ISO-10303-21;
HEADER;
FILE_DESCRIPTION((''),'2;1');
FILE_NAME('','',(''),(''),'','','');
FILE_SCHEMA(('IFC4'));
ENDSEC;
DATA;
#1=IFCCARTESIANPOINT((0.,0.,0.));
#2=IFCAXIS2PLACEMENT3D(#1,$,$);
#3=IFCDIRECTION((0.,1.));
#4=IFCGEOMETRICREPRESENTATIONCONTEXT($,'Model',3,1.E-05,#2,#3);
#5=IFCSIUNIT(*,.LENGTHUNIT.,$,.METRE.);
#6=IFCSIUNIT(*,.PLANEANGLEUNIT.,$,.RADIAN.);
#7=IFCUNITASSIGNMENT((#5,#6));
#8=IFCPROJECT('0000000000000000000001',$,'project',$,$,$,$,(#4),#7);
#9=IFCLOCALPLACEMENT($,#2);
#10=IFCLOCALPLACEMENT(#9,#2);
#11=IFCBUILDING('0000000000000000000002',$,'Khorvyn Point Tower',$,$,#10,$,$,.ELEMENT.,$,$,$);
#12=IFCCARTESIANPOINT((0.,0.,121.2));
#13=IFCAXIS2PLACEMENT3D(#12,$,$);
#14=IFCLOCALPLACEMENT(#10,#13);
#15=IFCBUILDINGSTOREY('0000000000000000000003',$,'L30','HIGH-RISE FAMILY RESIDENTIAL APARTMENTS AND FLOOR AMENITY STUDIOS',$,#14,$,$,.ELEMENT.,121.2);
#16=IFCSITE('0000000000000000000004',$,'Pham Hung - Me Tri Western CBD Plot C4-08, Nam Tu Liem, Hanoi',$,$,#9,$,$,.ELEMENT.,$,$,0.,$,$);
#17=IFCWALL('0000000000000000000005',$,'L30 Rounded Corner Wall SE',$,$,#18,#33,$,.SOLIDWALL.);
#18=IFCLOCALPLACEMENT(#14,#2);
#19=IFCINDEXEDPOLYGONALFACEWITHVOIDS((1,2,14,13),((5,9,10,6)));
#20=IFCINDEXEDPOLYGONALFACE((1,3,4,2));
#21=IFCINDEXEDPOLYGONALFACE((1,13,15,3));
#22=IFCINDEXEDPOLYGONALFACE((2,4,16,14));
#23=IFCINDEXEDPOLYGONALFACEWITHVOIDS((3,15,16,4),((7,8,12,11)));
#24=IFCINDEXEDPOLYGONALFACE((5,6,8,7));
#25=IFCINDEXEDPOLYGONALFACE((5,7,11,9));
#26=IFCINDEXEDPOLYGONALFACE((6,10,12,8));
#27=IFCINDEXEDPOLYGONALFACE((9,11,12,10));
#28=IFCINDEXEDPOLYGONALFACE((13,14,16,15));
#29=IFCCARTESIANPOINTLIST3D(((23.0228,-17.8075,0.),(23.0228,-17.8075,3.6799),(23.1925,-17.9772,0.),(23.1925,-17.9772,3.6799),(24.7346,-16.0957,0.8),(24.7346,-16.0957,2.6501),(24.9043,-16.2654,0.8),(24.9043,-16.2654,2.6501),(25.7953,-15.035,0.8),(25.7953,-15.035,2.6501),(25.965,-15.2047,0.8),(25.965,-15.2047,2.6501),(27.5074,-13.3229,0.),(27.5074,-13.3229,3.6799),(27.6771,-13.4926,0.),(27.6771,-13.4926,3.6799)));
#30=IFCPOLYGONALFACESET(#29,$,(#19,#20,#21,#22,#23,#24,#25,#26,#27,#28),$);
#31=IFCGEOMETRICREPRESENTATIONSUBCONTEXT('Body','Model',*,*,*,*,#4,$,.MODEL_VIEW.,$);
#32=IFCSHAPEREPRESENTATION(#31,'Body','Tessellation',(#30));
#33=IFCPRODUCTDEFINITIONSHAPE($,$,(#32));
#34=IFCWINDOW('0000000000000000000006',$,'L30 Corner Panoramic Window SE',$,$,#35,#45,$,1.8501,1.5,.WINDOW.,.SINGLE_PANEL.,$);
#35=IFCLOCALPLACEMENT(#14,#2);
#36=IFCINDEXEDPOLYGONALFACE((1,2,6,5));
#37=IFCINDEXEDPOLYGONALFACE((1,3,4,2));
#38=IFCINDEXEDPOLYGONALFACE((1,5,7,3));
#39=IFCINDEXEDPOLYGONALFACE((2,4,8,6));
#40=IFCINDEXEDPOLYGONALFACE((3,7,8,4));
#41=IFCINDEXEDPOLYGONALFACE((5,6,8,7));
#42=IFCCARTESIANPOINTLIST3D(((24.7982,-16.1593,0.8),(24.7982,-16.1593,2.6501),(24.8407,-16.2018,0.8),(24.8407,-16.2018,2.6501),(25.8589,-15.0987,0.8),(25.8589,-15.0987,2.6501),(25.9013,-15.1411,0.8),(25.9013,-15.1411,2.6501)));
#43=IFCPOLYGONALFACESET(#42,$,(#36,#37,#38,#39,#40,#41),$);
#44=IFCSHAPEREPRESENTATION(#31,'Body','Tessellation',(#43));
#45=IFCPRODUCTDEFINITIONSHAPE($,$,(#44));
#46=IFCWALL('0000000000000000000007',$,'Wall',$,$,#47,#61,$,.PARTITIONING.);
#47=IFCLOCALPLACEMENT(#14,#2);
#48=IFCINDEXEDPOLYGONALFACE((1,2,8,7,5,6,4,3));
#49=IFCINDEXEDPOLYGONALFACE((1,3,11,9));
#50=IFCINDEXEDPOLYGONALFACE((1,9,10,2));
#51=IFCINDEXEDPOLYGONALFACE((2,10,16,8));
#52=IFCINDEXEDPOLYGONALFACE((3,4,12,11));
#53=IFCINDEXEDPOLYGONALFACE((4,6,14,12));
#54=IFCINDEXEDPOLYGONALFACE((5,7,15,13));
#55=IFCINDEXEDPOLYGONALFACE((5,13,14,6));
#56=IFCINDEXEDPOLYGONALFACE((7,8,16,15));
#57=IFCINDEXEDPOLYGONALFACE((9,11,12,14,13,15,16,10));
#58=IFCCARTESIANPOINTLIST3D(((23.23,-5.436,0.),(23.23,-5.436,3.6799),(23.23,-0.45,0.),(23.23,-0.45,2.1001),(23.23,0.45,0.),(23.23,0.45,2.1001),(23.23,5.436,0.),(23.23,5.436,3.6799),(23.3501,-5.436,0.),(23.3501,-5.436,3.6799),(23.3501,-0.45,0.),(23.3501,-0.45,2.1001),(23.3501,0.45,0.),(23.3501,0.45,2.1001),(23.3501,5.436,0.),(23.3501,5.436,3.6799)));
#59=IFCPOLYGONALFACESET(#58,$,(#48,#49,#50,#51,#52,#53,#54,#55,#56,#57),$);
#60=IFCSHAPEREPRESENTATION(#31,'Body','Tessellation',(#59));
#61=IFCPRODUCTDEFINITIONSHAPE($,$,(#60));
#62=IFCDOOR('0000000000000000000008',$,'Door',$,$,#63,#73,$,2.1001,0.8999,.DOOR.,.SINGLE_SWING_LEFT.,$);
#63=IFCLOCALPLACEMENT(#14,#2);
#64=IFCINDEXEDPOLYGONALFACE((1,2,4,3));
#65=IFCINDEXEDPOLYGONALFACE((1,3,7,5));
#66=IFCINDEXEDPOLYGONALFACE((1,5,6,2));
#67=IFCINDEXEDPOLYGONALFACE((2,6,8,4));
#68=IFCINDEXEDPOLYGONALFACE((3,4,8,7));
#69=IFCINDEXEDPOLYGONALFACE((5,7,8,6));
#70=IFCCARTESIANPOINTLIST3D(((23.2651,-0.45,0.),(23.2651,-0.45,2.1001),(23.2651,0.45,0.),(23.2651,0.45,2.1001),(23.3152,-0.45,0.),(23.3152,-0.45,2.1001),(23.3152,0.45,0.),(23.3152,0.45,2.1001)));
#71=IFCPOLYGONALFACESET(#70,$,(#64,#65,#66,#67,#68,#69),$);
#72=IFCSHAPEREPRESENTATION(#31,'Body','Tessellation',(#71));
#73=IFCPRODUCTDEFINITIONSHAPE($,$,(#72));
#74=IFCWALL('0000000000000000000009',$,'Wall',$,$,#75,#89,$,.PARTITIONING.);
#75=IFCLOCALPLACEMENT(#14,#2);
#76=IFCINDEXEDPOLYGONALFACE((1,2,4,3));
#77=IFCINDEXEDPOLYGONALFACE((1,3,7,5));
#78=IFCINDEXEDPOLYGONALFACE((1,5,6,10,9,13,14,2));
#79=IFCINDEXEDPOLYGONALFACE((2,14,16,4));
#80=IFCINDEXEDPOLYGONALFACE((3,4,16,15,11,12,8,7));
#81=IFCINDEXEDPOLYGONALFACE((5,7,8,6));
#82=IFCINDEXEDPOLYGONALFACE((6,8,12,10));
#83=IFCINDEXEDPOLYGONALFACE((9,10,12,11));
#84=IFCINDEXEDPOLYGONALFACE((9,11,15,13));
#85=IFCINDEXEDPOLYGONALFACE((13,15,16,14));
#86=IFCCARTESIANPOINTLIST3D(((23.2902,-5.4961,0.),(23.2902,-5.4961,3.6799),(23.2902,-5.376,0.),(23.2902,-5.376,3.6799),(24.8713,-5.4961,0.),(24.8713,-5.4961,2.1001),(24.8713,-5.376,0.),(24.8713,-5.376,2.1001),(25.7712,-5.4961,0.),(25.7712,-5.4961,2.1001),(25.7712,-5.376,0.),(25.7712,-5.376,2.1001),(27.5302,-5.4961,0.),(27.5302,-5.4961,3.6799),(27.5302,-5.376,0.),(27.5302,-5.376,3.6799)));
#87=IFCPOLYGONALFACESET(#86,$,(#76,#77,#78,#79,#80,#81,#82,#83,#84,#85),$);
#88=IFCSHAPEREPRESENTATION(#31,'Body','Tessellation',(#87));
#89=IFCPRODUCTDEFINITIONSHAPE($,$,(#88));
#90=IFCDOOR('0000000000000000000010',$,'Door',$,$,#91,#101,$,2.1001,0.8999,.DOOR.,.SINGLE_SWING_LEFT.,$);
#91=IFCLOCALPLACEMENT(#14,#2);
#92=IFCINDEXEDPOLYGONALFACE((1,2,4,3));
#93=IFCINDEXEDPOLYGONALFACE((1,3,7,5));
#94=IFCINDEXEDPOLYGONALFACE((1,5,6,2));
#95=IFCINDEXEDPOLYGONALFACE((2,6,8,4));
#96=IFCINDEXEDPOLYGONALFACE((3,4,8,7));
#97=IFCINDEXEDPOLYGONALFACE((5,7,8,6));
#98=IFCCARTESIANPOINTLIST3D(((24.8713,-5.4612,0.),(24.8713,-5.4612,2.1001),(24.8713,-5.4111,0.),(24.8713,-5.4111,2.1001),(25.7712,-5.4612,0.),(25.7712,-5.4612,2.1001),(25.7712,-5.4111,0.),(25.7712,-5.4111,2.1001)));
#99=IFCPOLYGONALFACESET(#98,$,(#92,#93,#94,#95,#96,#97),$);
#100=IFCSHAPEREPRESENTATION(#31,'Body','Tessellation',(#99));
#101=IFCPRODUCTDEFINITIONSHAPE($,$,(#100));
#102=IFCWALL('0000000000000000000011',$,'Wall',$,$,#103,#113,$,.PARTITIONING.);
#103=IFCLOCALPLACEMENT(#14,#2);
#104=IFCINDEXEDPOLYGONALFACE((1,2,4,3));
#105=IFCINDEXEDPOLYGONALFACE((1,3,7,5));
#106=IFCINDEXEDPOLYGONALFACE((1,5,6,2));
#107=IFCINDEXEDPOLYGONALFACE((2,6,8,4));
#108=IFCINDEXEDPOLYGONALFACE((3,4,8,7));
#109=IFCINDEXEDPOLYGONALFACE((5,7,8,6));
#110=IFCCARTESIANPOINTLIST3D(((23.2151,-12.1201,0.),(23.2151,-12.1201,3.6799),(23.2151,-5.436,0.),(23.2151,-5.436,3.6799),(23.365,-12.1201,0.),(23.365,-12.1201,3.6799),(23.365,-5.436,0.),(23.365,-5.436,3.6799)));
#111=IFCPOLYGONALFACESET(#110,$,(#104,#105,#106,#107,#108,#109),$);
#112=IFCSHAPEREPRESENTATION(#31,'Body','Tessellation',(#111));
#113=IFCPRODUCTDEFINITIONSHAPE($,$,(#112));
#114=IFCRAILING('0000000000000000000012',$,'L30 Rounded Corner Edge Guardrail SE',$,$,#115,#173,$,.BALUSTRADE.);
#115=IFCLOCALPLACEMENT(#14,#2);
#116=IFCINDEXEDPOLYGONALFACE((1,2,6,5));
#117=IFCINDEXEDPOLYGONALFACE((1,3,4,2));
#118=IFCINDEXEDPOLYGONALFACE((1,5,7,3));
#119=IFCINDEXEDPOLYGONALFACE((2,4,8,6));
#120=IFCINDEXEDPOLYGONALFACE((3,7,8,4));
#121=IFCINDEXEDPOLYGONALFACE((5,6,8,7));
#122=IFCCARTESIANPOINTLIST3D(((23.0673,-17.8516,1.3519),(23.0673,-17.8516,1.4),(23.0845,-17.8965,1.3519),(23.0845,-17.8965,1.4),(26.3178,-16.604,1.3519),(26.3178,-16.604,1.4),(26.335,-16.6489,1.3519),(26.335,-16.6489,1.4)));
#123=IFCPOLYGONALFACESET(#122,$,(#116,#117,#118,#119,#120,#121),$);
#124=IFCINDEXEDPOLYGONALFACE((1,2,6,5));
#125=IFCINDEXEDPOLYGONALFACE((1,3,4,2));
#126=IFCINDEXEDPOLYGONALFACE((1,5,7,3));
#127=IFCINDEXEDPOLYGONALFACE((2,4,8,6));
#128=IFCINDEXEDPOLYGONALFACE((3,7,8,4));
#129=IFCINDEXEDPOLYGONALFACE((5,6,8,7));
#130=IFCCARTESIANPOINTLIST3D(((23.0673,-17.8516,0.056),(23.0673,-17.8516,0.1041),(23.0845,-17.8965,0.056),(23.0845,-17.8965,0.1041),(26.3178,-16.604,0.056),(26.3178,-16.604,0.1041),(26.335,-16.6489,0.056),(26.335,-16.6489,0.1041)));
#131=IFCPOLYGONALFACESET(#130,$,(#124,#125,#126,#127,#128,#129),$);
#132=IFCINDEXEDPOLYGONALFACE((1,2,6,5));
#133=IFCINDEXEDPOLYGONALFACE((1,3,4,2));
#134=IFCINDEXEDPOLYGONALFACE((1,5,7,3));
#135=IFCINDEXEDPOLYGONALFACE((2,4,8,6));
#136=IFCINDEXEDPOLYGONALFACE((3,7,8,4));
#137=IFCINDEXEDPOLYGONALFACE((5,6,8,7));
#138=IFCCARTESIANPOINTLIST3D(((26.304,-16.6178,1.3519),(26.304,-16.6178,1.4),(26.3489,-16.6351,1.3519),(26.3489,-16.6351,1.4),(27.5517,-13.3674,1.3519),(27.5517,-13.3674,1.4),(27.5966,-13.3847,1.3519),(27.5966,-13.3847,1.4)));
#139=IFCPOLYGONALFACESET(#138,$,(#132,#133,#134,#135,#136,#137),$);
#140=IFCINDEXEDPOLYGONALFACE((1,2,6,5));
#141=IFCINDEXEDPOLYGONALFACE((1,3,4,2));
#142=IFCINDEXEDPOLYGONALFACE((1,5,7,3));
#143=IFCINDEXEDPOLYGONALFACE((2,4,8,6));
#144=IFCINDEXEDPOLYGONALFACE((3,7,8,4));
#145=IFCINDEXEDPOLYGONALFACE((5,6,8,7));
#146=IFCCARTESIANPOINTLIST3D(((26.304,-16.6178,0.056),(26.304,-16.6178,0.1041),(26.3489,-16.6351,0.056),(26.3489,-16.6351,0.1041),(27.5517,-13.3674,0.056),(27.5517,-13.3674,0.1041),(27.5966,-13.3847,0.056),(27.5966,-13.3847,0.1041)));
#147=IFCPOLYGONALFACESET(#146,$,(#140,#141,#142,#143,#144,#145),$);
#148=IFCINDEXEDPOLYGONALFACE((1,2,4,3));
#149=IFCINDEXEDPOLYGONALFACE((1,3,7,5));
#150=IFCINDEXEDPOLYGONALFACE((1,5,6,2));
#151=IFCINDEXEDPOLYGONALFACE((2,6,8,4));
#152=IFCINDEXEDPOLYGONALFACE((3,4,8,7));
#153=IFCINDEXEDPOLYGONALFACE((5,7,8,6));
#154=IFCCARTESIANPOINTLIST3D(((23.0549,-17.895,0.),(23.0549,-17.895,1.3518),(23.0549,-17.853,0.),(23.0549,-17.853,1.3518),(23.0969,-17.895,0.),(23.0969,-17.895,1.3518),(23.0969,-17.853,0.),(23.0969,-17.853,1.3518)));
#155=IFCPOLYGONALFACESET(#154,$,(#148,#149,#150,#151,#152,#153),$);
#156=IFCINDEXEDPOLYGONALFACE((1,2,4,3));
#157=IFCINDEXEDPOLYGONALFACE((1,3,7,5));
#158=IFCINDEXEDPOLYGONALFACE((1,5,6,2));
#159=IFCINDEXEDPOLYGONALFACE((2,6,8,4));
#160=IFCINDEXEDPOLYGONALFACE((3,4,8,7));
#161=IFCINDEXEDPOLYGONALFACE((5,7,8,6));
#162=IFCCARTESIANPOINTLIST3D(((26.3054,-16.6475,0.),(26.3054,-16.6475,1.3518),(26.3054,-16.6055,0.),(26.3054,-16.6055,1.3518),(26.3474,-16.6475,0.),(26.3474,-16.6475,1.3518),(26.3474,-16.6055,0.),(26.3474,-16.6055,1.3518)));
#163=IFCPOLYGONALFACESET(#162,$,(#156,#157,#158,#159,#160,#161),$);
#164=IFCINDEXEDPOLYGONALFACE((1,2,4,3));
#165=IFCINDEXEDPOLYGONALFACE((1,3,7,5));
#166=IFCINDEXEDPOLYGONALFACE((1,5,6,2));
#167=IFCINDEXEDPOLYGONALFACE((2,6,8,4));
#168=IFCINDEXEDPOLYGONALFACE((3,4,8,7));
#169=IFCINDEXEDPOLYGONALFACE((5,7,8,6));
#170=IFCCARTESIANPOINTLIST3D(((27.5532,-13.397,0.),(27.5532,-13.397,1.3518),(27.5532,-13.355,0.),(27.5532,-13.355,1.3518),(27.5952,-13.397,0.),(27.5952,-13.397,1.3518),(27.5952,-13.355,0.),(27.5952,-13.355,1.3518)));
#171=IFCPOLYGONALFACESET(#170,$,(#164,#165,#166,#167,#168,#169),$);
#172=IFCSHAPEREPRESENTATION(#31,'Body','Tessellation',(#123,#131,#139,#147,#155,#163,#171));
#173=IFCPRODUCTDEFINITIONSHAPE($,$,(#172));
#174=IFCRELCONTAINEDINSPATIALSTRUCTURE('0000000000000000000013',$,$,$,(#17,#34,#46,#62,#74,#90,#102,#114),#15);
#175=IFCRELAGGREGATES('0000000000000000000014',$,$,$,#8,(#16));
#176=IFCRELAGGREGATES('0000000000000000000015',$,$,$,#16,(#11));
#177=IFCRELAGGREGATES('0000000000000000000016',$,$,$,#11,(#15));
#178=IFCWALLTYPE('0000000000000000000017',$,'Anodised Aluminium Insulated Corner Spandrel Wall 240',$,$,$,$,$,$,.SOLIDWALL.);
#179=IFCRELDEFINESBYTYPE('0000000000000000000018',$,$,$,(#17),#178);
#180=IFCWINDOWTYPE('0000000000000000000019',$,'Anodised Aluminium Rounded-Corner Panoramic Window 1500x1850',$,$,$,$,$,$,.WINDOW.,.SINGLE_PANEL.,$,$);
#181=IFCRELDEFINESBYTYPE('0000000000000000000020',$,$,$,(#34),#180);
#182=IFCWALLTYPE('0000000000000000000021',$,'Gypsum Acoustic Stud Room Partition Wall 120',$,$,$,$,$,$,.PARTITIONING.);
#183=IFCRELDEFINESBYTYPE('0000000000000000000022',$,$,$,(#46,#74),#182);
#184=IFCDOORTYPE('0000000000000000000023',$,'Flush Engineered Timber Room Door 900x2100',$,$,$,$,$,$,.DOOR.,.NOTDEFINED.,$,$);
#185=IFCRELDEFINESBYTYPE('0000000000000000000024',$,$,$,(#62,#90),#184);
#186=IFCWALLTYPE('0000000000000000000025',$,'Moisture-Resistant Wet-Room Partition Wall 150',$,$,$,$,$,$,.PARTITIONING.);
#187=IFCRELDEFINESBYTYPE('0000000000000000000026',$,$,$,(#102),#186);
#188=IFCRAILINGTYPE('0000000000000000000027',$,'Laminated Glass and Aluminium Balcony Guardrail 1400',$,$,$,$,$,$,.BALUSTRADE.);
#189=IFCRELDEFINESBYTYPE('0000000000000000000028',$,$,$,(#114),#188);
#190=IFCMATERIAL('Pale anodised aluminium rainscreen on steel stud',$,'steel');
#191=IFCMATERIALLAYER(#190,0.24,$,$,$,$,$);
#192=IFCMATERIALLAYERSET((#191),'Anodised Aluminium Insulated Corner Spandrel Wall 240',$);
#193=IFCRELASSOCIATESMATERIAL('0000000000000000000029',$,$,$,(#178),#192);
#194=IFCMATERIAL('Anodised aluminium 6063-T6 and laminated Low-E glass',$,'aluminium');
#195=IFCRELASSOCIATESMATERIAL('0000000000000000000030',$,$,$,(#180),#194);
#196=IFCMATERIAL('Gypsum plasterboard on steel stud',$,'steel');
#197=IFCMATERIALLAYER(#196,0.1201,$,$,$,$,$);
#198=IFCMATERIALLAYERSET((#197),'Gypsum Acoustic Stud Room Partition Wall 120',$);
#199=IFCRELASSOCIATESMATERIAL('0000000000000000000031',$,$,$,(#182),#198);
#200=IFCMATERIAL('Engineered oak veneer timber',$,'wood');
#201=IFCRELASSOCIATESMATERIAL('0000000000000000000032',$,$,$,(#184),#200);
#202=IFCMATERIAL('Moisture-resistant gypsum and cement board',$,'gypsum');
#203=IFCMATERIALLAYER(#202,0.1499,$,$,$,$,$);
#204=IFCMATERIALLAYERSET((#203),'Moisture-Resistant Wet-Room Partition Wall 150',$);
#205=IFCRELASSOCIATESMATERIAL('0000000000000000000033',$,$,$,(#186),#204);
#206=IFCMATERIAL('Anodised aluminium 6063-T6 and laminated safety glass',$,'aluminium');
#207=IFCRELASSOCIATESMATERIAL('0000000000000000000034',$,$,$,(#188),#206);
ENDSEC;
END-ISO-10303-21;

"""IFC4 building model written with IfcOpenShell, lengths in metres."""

from ifc_helpers import new_model, si_unit, direction, frame, frame_2d, origin, origin_2d, place, context, subcontext, project, spatial, rectangle, extrude, material, layer, layer_set, type_object, element, fill, save


model = new_model("IFC4")

# Units and contexts
model_context = context("Model", 3, precision=1e-05, world=origin(), true_north=direction((0.0, 1.0)))
body_context = subcontext(model_context, "Body", "Model", "MODEL_VIEW")
ifc_project = project(units=[si_unit("LENGTHUNIT", "METRE"), si_unit("PLANEANGLEUNIT", "RADIAN")], contexts=[model_context])

# Site, building, storey
site_placement = place(None, origin())
site = spatial("IfcSite", under=ifc_project, at=site_placement, Name="Pham Hung - Me Tri Western CBD Plot C4-08, Nam Tu Liem, Hanoi", CompositionType="ELEMENT", RefElevation=0.0)
building_placement = place(site_placement, origin())
building = spatial("IfcBuilding", under=site, at=building_placement, Name="Khorvyn Point Tower", CompositionType="ELEMENT")
storey_placement = place(building_placement, frame((0.0, 0.0, 121.2)))
storey = spatial("IfcBuildingStorey", under=building, at=storey_placement, Name="L30", Description="HIGH-RISE FAMILY RESIDENTIAL APARTMENTS AND FLOOR AMENITY STUDIOS", CompositionType="ELEMENT", Elevation=121.2)

# Shared definitions
ifc_material_1 = material(Name="Anodised aluminium 6063-T6 and laminated Low-E glass", Category="aluminium")

# Wall, opening, window
ifc_material_2 = material(Name="Pale anodised aluminium rainscreen on steel stud", Category="steel")
ifc_layer_1 = layer(ifc_material_2, 0.24)
ifc_layer_set_1 = layer_set([ifc_layer_1], Name="Anodised Aluminium Insulated Corner Spandrel Wall 240")
wall_type_1 = type_object("IfcWallType", Name="Anodised Aluminium Insulated Corner Spandrel Wall 240", PredefinedType="SOLIDWALL", material=ifc_layer_set_1)
wall_1_placement = place(storey_placement, frame((27.5923, -13.4077, 0.0), z_axis=(0.0, 0.0, 1.0), x_axis=(-0.707107, -0.707107, 0.0)))
wall_1 = element("IfcWall", 1, at=wall_1_placement, inside=storey, type_object=wall_type_1, Name="L30 Rounded Corner Wall SE", PredefinedType="SOLIDWALL", context=body_context, shape_type="SweptSolid", body=[
    extrude(rectangle(XDim=6.3423, YDim=0.24, at=frame_2d((3.1711, 0.0))), origin(), (0.0, 0.0, 1.0), 3.6799),
])
opening_1_placement = place(wall_1_placement, frame((2.4214, 0.0, 0.8)))
opening_1 = element("IfcOpeningElement", 2, at=opening_1_placement, cuts=wall_1, PredefinedType="OPENING", context=body_context, shape_type="SweptSolid", body=[
    extrude(rectangle(XDim=1.5, YDim=1.8501, at=frame_2d((0.75, 0.925))), frame((0.0, 0.1299, 0.0), z_axis=(0.0, -1.0, 0.0), x_axis=(1.0, 0.0, 0.0)), (0.0, 0.0, 1.0), 0.26),
])
window_type = type_object("IfcWindowType", Name="Anodised Aluminium Rounded-Corner Panoramic Window 1500x1850", PartitioningType="SINGLE_PANEL", PredefinedType="WINDOW", material=ifc_material_1)
window_placement = place(opening_1_placement, origin())
window = element("IfcWindow", 3, at=window_placement, inside=storey, type_object=window_type, Name="L30 Corner Panoramic Window SE", OverallHeight=1.8501, OverallWidth=1.5, PartitioningType="SINGLE_PANEL", PredefinedType="WINDOW", context=body_context, shape_type="SweptSolid", body=[
    extrude(rectangle(XDim=1.5, YDim=1.8501, at=frame_2d((0.75, 0.925))), frame((0.0, 0.03, 0.0), z_axis=(0.0, -1.0, 0.0), x_axis=(1.0, 0.0, 0.0)), (0.0, 0.0, 1.0), 0.0601),
])
fill(opening_1, window)

# Walls, openings, doors
ifc_material_3 = material(Name="Gypsum plasterboard on steel stud", Category="steel")
ifc_layer_2 = layer(ifc_material_3, 0.1201)
ifc_layer_set_2 = layer_set([ifc_layer_2], Name="Gypsum Acoustic Stud Room Partition Wall 120")
wall_type_2 = type_object("IfcWallType", Name="Gypsum Acoustic Stud Room Partition Wall 120", PredefinedType="PARTITIONING", material=ifc_layer_set_2)
wall_2_placement = place(storey_placement, frame((23.29, -5.436, 0.0), z_axis=(0.0, 0.0, 1.0), x_axis=(0.0, 1.0, 0.0)))
wall_2 = element("IfcWall", 4, at=wall_2_placement, inside=storey, type_object=wall_type_2, Name="Wall", PredefinedType="PARTITIONING", context=body_context, shape_type="SweptSolid", body=[
    extrude(rectangle(XDim=10.8721, YDim=0.1201, at=frame_2d((5.436, 0.0))), origin(), (0.0, 0.0, 1.0), 3.6799),
])
opening_2_placement = place(wall_2_placement, frame((4.9861, 0.0, 0.0)))
opening_2 = element("IfcOpeningElement", 5, at=opening_2_placement, cuts=wall_2, PredefinedType="OPENING", context=body_context, shape_type="SweptSolid", body=[
    extrude(rectangle(XDim=0.8999, YDim=2.1001, at=frame_2d((0.45, 1.05))), frame((0.0, 0.0701, 0.0), z_axis=(0.0, -1.0, 0.0), x_axis=(1.0, 0.0, 0.0)), (0.0, 0.0, 1.0), 0.1401),
])
ifc_material_4 = material(Name="Engineered oak veneer timber", Category="wood")
door_type = type_object("IfcDoorType", Name="Flush Engineered Timber Room Door 900x2100", OperationType="NOTDEFINED", PredefinedType="DOOR", material=ifc_material_4)
door_1_placement = place(opening_2_placement, origin())
door_1 = element("IfcDoor", 6, at=door_1_placement, inside=storey, type_object=door_type, Name="Door", OperationType="SINGLE_SWING_LEFT", OverallHeight=2.1001, OverallWidth=0.8999, PredefinedType="DOOR", context=body_context, shape_type="SweptSolid", body=[
    extrude(rectangle(XDim=0.8999, YDim=2.1001, at=frame_2d((0.45, 1.05))), frame((0.0, 0.0249, 0.0), z_axis=(0.0, -1.0, 0.0), x_axis=(1.0, 0.0, 0.0)), (0.0, 0.0, 1.0), 0.05),
])
fill(opening_2, door_1)
wall_3_placement = place(storey_placement, frame((23.29, -5.436, 0.0), z_axis=(0.0, 0.0, 1.0), x_axis=(1.0, 0.0, 0.0)))
wall_3 = element("IfcWall", 7, at=wall_3_placement, inside=storey, type_object=wall_type_2, Name="Wall", PredefinedType="PARTITIONING", context=body_context, shape_type="SweptSolid", body=[
    extrude(rectangle(XDim=4.24, YDim=0.1201, at=frame_2d((2.1201, 0.0))), origin(), (0.0, 0.0, 1.0), 3.6799),
])
opening_3_placement = place(wall_3_placement, frame((1.5813, 0.0, 0.0)))
opening_3 = element("IfcOpeningElement", 8, at=opening_3_placement, cuts=wall_3, PredefinedType="OPENING", context=body_context, shape_type="SweptSolid", body=[
    extrude(rectangle(XDim=0.8999, YDim=2.1001, at=frame_2d((0.45, 1.05))), frame((0.0, 0.0701, 0.0), z_axis=(0.0, -1.0, 0.0), x_axis=(1.0, 0.0, 0.0)), (0.0, 0.0, 1.0), 0.1401),
])
door_2_placement = place(opening_3_placement, origin())
door_2 = element("IfcDoor", 9, at=door_2_placement, inside=storey, type_object=door_type, Name="Door", OperationType="SINGLE_SWING_LEFT", OverallHeight=2.1001, OverallWidth=0.8999, PredefinedType="DOOR", context=body_context, shape_type="SweptSolid", body=[
    extrude(rectangle(XDim=0.8999, YDim=2.1001, at=frame_2d((0.45, 1.05))), frame((0.0, 0.0249, 0.0), z_axis=(0.0, -1.0, 0.0), x_axis=(1.0, 0.0, 0.0)), (0.0, 0.0, 1.0), 0.05),
])
fill(opening_3, door_2)

# Wall
ifc_material_5 = material(Name="Moisture-resistant gypsum and cement board", Category="gypsum")
ifc_layer_3 = layer(ifc_material_5, 0.1499)
ifc_layer_set_3 = layer_set([ifc_layer_3], Name="Moisture-Resistant Wet-Room Partition Wall 150")
wall_type_3 = type_object("IfcWallType", Name="Moisture-Resistant Wet-Room Partition Wall 150", PredefinedType="PARTITIONING", material=ifc_layer_set_3)
wall_4_placement = place(storey_placement, frame((23.29, -12.1201, 0.0), z_axis=(0.0, 0.0, 1.0), x_axis=(0.0, 1.0, 0.0)))
element("IfcWall", 10, at=wall_4_placement, inside=storey, type_object=wall_type_3, Name="Wall", PredefinedType="PARTITIONING", context=body_context, shape_type="SweptSolid", body=[
    extrude(rectangle(XDim=6.6841, YDim=0.1499, at=frame_2d((3.342, 0.0))), origin(), (0.0, 0.0, 1.0), 3.6799),
])

# Railing
ifc_material_6 = material(Name="Anodised aluminium 6063-T6 and laminated safety glass", Category="aluminium")
railing_type = type_object("IfcRailingType", Name="Laminated Glass and Aluminium Balcony Guardrail 1400", PredefinedType="BALUSTRADE", material=ifc_material_6)
railing_placement = place(storey_placement, frame((23.0759, -17.874, 0.0)))
element("IfcRailing", 11, at=railing_placement, inside=storey, type_object=railing_type, Name="L30 Rounded Corner Edge Guardrail SE", PredefinedType="BALUSTRADE", context=body_context, shape_type="SweptSolid", body=[
    extrude(rectangle(XDim=0.0481, YDim=0.0481, at=origin_2d()), frame((0.0, 0.0, 1.376), z_axis=(0.933598, 0.358321, 0.0), x_axis=(-0.358321, 0.933598, 0.0)), (0.0, 0.0, 1.0), 3.4817),
    extrude(rectangle(XDim=0.0481, YDim=0.0481, at=origin_2d()), frame((0.0, 0.0, 0.0801), z_axis=(0.933598, 0.358321, 0.0), x_axis=(-0.358321, 0.933598, 0.0)), (0.0, 0.0, 1.0), 3.4817),
    extrude(rectangle(XDim=0.0481, YDim=0.0481, at=origin_2d()), frame((3.2505, 1.2476, 1.376), z_axis=(0.358382, 0.933575, 0.0), x_axis=(-0.933575, 0.358382, 0.0)), (0.0, 0.0, 1.0), 3.4817),
    extrude(rectangle(XDim=0.0481, YDim=0.0481, at=origin_2d()), frame((3.2505, 1.2476, 0.0801), z_axis=(0.358382, 0.933575, 0.0), x_axis=(-0.933575, 0.358382, 0.0)), (0.0, 0.0, 1.0), 3.4817),
    extrude(rectangle(XDim=0.042, YDim=0.042, at=origin_2d()), origin(), (0.0, 0.0, 1.0), 1.3518),
    extrude(rectangle(XDim=0.042, YDim=0.042, at=origin_2d()), frame((3.2505, 1.2476, 0.0)), (0.0, 0.0, 1.0), 1.3518),
    extrude(rectangle(XDim=0.042, YDim=0.042, at=origin_2d()), frame((4.4983, 4.498, 0.0)), (0.0, 0.0, 1.0), 1.3518),
])

save(model, "model.ifc")
